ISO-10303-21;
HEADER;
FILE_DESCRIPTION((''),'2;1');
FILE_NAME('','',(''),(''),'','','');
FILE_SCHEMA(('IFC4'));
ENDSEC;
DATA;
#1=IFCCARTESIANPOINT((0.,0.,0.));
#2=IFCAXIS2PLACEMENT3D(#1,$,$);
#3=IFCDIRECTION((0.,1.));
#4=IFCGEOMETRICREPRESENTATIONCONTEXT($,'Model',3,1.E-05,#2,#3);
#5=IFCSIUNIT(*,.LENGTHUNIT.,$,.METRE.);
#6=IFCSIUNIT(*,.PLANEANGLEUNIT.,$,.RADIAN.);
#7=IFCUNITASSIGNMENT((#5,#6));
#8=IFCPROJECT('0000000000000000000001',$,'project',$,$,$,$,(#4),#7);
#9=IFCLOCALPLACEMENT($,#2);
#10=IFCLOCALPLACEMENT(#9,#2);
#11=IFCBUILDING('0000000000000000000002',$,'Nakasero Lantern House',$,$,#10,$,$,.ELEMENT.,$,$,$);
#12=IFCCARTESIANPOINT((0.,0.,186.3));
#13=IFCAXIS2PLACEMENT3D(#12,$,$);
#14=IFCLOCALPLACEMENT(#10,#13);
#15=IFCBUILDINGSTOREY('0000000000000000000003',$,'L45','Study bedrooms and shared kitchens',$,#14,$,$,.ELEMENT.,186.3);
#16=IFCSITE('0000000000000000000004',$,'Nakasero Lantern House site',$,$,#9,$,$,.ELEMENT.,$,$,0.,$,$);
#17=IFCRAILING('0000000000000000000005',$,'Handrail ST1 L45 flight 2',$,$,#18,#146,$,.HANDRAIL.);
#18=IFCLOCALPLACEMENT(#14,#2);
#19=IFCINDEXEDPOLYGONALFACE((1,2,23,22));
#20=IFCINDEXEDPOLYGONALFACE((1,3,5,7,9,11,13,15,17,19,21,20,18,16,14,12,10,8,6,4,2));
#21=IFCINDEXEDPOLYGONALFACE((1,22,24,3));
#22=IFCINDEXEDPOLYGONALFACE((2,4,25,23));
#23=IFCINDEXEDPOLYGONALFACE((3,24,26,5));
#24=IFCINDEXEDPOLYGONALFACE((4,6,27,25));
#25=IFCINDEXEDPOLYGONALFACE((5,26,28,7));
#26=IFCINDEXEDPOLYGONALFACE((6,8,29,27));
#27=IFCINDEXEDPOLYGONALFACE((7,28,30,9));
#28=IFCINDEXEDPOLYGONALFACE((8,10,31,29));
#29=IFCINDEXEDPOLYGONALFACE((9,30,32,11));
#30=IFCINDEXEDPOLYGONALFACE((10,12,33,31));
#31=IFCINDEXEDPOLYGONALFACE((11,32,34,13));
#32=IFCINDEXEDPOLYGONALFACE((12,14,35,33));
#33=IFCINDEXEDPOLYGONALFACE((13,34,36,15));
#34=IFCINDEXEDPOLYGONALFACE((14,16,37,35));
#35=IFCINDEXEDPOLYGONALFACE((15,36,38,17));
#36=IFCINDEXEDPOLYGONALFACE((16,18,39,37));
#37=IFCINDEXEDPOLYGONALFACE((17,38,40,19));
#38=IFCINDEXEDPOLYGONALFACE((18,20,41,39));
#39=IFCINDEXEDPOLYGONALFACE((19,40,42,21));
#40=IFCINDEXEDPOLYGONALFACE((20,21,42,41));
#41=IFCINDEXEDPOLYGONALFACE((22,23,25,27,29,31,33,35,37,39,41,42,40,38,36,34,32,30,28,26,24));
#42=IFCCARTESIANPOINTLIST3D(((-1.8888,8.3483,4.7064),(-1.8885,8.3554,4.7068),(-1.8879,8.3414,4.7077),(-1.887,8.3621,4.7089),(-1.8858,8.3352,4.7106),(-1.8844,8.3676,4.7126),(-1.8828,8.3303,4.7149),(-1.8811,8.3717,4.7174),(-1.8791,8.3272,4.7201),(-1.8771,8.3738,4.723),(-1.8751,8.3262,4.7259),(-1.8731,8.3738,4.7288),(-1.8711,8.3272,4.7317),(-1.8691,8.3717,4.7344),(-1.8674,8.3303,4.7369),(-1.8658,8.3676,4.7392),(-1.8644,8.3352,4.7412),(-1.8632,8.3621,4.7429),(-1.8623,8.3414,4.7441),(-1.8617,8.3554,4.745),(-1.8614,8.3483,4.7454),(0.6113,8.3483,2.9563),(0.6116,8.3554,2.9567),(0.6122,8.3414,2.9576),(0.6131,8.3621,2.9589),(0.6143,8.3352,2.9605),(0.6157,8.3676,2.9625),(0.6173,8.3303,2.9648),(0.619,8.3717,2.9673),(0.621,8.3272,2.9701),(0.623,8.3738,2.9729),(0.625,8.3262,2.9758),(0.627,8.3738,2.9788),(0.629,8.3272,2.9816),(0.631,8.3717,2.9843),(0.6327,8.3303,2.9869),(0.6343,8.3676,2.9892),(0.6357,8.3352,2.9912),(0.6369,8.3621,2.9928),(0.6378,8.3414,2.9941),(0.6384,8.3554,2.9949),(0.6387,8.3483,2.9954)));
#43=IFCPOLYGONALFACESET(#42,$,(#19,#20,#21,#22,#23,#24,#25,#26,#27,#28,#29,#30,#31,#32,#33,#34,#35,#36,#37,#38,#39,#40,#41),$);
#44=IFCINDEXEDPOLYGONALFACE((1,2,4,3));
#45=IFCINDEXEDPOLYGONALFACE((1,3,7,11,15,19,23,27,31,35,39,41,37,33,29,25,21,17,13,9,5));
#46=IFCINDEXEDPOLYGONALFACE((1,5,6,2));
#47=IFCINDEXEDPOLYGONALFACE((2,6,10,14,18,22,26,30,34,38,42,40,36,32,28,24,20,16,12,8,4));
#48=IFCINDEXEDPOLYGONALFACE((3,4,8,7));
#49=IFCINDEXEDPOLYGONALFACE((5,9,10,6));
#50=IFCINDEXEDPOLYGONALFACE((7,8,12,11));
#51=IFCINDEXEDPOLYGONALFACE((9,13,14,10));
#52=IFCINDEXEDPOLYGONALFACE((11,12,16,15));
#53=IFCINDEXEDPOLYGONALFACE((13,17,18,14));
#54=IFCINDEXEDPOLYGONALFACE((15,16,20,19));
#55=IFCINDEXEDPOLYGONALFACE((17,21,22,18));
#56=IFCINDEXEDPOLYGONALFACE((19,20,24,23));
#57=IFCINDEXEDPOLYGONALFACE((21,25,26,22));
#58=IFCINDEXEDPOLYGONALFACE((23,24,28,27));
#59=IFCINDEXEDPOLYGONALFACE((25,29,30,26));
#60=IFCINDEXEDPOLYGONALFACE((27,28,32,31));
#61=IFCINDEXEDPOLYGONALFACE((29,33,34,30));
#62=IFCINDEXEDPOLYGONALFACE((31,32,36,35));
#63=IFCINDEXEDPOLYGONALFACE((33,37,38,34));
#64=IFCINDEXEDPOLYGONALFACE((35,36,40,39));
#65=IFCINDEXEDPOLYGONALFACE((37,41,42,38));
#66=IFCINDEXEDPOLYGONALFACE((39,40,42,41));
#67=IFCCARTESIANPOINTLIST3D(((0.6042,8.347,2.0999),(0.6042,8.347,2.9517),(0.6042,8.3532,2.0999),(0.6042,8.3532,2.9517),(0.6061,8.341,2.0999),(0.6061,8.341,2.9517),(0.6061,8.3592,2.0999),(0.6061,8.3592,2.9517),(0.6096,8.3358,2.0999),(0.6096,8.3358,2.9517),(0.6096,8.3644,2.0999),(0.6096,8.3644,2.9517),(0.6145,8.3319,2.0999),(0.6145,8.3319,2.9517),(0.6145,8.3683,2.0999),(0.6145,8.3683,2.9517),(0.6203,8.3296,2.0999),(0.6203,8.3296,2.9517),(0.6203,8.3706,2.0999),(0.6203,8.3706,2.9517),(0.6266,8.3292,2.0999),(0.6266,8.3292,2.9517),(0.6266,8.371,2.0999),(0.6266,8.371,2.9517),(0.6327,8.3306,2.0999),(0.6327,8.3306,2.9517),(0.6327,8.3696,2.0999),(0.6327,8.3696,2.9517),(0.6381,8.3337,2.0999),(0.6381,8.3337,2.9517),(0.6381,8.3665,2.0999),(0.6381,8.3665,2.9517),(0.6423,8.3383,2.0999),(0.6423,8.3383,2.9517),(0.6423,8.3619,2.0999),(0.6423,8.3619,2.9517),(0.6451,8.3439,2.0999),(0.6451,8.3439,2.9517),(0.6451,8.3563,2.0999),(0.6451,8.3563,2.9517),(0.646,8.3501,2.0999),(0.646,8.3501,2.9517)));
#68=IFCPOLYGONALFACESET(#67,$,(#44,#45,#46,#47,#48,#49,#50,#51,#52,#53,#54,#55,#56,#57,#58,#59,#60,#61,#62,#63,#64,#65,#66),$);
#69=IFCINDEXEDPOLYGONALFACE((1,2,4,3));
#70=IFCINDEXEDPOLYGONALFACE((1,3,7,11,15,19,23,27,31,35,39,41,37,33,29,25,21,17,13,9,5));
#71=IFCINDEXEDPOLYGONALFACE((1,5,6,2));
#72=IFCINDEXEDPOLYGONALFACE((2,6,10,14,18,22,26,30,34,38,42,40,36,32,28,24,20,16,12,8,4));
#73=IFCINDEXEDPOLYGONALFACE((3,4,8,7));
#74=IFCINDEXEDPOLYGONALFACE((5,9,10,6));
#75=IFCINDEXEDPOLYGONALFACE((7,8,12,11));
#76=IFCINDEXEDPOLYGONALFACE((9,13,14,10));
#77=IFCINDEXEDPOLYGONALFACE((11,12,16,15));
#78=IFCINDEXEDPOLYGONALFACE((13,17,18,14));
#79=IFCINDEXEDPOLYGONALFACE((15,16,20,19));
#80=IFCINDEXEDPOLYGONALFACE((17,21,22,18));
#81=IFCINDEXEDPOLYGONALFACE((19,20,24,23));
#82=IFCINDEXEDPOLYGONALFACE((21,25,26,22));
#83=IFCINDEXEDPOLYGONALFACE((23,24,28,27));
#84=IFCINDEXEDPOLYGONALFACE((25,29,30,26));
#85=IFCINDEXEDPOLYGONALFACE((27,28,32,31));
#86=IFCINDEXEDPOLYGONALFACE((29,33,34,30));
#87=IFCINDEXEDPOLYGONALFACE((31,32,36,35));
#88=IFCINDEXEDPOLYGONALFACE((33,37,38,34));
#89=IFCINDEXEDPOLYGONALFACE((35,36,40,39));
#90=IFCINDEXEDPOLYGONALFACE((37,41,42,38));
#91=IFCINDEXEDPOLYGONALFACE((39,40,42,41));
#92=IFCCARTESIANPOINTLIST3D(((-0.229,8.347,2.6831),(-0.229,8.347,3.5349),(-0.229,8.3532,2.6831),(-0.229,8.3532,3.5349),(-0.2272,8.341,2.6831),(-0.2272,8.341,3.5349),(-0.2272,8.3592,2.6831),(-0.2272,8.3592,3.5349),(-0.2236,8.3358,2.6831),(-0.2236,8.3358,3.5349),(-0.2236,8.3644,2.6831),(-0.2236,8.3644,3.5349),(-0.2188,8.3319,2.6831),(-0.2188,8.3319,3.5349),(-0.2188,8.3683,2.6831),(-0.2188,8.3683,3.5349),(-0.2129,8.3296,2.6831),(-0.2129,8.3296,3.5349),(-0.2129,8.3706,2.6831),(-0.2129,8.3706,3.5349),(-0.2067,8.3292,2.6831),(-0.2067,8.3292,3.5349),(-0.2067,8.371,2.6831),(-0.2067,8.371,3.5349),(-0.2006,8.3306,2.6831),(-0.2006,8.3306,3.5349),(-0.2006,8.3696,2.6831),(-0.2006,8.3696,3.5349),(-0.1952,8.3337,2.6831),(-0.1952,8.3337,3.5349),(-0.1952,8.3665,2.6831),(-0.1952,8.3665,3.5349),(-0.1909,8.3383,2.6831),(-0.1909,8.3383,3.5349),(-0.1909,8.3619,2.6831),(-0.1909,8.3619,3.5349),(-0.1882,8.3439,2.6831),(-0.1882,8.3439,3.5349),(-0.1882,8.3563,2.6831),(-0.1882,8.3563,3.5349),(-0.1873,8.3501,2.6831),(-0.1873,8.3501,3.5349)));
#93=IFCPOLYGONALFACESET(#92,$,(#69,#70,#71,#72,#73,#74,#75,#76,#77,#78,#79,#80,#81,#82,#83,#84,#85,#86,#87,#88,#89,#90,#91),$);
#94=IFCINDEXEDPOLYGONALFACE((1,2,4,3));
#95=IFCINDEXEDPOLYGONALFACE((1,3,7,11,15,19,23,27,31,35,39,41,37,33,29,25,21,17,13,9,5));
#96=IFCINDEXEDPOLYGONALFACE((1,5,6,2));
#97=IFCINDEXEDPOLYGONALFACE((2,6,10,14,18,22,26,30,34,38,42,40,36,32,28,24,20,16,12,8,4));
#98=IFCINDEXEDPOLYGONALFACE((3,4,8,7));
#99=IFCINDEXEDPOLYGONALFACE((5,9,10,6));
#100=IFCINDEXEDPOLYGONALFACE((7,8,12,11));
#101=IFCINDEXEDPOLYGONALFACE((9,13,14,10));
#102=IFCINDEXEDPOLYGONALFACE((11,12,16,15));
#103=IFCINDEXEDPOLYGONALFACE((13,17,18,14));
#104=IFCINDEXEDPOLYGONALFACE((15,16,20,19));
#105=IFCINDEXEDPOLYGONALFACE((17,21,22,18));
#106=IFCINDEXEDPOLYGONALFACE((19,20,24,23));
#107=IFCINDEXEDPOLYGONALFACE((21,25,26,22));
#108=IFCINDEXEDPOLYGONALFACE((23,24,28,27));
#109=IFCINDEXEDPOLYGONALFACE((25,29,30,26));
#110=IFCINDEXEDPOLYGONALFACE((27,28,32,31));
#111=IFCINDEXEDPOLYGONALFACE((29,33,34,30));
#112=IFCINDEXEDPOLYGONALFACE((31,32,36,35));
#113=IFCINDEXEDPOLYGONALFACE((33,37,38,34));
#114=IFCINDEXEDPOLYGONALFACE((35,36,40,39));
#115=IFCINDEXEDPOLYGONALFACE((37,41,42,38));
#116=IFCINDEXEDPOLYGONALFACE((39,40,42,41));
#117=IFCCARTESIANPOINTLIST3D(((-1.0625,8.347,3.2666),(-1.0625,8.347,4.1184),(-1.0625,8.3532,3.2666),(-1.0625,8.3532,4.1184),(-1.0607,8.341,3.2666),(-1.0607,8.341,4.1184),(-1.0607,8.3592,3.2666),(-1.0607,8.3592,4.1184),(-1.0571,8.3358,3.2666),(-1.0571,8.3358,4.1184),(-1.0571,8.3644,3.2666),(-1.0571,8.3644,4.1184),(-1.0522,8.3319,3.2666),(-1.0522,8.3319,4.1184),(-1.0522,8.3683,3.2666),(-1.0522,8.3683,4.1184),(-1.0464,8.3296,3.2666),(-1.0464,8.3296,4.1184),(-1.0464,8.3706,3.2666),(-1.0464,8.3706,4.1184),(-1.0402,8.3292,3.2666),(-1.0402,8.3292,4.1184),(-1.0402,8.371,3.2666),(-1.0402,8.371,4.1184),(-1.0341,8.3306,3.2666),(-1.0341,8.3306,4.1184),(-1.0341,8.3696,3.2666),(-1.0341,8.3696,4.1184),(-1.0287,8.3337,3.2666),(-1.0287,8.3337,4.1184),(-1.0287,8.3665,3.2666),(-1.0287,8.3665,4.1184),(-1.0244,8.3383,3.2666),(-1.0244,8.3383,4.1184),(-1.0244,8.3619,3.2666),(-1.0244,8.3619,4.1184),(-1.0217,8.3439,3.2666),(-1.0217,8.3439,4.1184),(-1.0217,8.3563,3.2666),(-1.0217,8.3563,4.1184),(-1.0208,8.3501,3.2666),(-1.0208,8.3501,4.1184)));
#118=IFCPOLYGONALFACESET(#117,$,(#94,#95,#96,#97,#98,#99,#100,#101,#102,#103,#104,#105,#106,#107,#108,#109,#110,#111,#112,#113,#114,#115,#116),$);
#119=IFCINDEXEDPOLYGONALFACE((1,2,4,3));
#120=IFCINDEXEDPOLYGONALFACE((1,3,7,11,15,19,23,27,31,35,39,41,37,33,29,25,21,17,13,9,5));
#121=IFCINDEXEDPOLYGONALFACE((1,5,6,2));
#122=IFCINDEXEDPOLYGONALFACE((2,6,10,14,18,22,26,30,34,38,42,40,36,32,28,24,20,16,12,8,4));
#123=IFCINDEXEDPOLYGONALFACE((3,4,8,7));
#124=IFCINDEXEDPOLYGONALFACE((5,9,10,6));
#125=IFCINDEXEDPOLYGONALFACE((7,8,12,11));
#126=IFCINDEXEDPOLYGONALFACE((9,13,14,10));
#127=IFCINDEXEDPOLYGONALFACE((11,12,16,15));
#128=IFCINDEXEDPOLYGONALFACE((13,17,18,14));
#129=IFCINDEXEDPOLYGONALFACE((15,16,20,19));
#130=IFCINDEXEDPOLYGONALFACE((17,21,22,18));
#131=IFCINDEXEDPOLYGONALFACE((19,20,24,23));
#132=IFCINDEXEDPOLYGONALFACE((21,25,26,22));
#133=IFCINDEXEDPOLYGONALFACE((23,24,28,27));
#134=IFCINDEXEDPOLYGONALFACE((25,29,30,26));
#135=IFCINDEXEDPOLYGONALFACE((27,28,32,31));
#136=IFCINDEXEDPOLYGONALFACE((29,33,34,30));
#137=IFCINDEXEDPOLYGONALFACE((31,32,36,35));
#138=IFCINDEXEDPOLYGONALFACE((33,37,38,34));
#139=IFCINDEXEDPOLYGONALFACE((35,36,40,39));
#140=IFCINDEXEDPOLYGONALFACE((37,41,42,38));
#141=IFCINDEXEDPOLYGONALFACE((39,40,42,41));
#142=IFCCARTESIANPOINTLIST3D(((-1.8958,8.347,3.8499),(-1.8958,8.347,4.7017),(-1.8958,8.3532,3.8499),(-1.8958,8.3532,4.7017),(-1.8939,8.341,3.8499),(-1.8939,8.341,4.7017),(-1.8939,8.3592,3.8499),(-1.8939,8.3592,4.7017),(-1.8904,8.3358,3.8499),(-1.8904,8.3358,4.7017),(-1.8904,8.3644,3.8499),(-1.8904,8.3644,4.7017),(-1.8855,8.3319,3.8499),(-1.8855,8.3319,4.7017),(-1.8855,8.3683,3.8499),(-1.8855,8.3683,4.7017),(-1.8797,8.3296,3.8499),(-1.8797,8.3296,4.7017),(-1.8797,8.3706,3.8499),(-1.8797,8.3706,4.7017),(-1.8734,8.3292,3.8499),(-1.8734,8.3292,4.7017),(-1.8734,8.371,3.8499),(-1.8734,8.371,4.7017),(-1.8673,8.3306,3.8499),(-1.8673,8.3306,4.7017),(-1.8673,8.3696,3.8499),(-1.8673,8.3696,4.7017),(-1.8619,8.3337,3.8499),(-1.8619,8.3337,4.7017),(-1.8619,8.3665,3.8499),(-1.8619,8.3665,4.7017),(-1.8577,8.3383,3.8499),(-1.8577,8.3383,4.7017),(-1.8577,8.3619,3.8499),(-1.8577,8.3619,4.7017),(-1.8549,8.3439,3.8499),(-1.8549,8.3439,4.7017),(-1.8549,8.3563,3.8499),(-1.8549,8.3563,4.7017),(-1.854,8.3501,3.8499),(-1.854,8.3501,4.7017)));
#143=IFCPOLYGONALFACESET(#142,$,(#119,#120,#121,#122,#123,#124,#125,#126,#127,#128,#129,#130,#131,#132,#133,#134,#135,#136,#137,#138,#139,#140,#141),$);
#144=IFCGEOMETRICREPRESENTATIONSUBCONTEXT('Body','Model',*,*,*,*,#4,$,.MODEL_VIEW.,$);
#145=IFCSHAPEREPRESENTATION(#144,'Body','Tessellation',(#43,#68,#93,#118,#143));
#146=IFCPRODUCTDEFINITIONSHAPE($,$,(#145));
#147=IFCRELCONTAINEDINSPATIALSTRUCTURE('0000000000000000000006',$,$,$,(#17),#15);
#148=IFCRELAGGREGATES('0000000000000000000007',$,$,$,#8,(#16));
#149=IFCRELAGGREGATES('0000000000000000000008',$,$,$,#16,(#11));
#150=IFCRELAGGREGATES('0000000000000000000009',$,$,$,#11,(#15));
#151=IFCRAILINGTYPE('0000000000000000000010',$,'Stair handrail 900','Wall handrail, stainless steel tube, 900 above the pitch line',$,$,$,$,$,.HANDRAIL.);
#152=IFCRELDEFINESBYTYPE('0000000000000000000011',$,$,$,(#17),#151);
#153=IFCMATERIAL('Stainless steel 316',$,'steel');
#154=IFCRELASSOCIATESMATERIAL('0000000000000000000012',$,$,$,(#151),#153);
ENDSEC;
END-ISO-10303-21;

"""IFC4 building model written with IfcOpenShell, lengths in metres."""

from ifc_helpers import new_model, si_unit, direction, frame, origin, origin_2d, place, context, subcontext, project, spatial, circle, extrude, material, type_object, element, save


model = new_model("IFC4")

# Units and contexts
model_context = context("Model", 3, precision=1e-05, world=origin(), true_north=direction((0.0, 1.0)))
body_context = subcontext(model_context, "Body", "Model", "MODEL_VIEW")
ifc_project = project(units=[si_unit("LENGTHUNIT", "METRE"), si_unit("PLANEANGLEUNIT", "RADIAN")], contexts=[model_context])

# Site, building, storey
site_placement = place(None, origin())
site = spatial("IfcSite", under=ifc_project, at=site_placement, Name="Nakasero Lantern House site", CompositionType="ELEMENT", RefElevation=0.0)
building_placement = place(site_placement, origin())
building = spatial("IfcBuilding", under=site, at=building_placement, Name="Nakasero Lantern House", CompositionType="ELEMENT")
storey_placement = place(building_placement, frame((0.0, 0.0, 186.3)))
storey = spatial("IfcBuildingStorey", under=building, at=storey_placement, Name="L45", Description="Study bedrooms and shared kitchens", CompositionType="ELEMENT", Elevation=186.3)

# Railing
ifc_material_1 = material(Name="Stainless steel 316", Category="steel")
railing_type = type_object("IfcRailingType", Name="Stair handrail 900", Description="Wall handrail, stainless steel tube, 900 above the pitch line", PredefinedType="HANDRAIL", material=ifc_material_1)
railing_placement = place(storey_placement, frame((0.625, 8.3501, 2.0999)))
element("IfcRailing", 1, at=railing_placement, inside=storey, type_object=railing_type, Name="Handrail ST1 L45 flight 2", PredefinedType="HANDRAIL", context=body_context, shape_type="SweptSolid", body=[
    extrude(circle(Radius=0.0239, at=origin_2d()), frame((0.0, 0.0, 0.876), z_axis=(-0.819232, 0.0, 0.573462), x_axis=(0.0, -1.0, 0.0)), (0.0, 0.0, 1.0), 3.0518),
    extrude(circle(Radius=0.021, at=origin_2d()), origin(), (0.0, 0.0, 1.0), 0.8518),
    extrude(circle(Radius=0.021, at=origin_2d()), frame((-0.8333, 0.0, 0.5833)), (0.0, 0.0, 1.0), 0.8518),
    extrude(circle(Radius=0.021, at=origin_2d()), frame((-1.6667, 0.0, 1.1667)), (0.0, 0.0, 1.0), 0.8518),
    extrude(circle(Radius=0.021, at=origin_2d()), frame((-2.5, 0.0, 1.75)), (0.0, 0.0, 1.0), 0.8518),
])

save(model, "model.ifc")
